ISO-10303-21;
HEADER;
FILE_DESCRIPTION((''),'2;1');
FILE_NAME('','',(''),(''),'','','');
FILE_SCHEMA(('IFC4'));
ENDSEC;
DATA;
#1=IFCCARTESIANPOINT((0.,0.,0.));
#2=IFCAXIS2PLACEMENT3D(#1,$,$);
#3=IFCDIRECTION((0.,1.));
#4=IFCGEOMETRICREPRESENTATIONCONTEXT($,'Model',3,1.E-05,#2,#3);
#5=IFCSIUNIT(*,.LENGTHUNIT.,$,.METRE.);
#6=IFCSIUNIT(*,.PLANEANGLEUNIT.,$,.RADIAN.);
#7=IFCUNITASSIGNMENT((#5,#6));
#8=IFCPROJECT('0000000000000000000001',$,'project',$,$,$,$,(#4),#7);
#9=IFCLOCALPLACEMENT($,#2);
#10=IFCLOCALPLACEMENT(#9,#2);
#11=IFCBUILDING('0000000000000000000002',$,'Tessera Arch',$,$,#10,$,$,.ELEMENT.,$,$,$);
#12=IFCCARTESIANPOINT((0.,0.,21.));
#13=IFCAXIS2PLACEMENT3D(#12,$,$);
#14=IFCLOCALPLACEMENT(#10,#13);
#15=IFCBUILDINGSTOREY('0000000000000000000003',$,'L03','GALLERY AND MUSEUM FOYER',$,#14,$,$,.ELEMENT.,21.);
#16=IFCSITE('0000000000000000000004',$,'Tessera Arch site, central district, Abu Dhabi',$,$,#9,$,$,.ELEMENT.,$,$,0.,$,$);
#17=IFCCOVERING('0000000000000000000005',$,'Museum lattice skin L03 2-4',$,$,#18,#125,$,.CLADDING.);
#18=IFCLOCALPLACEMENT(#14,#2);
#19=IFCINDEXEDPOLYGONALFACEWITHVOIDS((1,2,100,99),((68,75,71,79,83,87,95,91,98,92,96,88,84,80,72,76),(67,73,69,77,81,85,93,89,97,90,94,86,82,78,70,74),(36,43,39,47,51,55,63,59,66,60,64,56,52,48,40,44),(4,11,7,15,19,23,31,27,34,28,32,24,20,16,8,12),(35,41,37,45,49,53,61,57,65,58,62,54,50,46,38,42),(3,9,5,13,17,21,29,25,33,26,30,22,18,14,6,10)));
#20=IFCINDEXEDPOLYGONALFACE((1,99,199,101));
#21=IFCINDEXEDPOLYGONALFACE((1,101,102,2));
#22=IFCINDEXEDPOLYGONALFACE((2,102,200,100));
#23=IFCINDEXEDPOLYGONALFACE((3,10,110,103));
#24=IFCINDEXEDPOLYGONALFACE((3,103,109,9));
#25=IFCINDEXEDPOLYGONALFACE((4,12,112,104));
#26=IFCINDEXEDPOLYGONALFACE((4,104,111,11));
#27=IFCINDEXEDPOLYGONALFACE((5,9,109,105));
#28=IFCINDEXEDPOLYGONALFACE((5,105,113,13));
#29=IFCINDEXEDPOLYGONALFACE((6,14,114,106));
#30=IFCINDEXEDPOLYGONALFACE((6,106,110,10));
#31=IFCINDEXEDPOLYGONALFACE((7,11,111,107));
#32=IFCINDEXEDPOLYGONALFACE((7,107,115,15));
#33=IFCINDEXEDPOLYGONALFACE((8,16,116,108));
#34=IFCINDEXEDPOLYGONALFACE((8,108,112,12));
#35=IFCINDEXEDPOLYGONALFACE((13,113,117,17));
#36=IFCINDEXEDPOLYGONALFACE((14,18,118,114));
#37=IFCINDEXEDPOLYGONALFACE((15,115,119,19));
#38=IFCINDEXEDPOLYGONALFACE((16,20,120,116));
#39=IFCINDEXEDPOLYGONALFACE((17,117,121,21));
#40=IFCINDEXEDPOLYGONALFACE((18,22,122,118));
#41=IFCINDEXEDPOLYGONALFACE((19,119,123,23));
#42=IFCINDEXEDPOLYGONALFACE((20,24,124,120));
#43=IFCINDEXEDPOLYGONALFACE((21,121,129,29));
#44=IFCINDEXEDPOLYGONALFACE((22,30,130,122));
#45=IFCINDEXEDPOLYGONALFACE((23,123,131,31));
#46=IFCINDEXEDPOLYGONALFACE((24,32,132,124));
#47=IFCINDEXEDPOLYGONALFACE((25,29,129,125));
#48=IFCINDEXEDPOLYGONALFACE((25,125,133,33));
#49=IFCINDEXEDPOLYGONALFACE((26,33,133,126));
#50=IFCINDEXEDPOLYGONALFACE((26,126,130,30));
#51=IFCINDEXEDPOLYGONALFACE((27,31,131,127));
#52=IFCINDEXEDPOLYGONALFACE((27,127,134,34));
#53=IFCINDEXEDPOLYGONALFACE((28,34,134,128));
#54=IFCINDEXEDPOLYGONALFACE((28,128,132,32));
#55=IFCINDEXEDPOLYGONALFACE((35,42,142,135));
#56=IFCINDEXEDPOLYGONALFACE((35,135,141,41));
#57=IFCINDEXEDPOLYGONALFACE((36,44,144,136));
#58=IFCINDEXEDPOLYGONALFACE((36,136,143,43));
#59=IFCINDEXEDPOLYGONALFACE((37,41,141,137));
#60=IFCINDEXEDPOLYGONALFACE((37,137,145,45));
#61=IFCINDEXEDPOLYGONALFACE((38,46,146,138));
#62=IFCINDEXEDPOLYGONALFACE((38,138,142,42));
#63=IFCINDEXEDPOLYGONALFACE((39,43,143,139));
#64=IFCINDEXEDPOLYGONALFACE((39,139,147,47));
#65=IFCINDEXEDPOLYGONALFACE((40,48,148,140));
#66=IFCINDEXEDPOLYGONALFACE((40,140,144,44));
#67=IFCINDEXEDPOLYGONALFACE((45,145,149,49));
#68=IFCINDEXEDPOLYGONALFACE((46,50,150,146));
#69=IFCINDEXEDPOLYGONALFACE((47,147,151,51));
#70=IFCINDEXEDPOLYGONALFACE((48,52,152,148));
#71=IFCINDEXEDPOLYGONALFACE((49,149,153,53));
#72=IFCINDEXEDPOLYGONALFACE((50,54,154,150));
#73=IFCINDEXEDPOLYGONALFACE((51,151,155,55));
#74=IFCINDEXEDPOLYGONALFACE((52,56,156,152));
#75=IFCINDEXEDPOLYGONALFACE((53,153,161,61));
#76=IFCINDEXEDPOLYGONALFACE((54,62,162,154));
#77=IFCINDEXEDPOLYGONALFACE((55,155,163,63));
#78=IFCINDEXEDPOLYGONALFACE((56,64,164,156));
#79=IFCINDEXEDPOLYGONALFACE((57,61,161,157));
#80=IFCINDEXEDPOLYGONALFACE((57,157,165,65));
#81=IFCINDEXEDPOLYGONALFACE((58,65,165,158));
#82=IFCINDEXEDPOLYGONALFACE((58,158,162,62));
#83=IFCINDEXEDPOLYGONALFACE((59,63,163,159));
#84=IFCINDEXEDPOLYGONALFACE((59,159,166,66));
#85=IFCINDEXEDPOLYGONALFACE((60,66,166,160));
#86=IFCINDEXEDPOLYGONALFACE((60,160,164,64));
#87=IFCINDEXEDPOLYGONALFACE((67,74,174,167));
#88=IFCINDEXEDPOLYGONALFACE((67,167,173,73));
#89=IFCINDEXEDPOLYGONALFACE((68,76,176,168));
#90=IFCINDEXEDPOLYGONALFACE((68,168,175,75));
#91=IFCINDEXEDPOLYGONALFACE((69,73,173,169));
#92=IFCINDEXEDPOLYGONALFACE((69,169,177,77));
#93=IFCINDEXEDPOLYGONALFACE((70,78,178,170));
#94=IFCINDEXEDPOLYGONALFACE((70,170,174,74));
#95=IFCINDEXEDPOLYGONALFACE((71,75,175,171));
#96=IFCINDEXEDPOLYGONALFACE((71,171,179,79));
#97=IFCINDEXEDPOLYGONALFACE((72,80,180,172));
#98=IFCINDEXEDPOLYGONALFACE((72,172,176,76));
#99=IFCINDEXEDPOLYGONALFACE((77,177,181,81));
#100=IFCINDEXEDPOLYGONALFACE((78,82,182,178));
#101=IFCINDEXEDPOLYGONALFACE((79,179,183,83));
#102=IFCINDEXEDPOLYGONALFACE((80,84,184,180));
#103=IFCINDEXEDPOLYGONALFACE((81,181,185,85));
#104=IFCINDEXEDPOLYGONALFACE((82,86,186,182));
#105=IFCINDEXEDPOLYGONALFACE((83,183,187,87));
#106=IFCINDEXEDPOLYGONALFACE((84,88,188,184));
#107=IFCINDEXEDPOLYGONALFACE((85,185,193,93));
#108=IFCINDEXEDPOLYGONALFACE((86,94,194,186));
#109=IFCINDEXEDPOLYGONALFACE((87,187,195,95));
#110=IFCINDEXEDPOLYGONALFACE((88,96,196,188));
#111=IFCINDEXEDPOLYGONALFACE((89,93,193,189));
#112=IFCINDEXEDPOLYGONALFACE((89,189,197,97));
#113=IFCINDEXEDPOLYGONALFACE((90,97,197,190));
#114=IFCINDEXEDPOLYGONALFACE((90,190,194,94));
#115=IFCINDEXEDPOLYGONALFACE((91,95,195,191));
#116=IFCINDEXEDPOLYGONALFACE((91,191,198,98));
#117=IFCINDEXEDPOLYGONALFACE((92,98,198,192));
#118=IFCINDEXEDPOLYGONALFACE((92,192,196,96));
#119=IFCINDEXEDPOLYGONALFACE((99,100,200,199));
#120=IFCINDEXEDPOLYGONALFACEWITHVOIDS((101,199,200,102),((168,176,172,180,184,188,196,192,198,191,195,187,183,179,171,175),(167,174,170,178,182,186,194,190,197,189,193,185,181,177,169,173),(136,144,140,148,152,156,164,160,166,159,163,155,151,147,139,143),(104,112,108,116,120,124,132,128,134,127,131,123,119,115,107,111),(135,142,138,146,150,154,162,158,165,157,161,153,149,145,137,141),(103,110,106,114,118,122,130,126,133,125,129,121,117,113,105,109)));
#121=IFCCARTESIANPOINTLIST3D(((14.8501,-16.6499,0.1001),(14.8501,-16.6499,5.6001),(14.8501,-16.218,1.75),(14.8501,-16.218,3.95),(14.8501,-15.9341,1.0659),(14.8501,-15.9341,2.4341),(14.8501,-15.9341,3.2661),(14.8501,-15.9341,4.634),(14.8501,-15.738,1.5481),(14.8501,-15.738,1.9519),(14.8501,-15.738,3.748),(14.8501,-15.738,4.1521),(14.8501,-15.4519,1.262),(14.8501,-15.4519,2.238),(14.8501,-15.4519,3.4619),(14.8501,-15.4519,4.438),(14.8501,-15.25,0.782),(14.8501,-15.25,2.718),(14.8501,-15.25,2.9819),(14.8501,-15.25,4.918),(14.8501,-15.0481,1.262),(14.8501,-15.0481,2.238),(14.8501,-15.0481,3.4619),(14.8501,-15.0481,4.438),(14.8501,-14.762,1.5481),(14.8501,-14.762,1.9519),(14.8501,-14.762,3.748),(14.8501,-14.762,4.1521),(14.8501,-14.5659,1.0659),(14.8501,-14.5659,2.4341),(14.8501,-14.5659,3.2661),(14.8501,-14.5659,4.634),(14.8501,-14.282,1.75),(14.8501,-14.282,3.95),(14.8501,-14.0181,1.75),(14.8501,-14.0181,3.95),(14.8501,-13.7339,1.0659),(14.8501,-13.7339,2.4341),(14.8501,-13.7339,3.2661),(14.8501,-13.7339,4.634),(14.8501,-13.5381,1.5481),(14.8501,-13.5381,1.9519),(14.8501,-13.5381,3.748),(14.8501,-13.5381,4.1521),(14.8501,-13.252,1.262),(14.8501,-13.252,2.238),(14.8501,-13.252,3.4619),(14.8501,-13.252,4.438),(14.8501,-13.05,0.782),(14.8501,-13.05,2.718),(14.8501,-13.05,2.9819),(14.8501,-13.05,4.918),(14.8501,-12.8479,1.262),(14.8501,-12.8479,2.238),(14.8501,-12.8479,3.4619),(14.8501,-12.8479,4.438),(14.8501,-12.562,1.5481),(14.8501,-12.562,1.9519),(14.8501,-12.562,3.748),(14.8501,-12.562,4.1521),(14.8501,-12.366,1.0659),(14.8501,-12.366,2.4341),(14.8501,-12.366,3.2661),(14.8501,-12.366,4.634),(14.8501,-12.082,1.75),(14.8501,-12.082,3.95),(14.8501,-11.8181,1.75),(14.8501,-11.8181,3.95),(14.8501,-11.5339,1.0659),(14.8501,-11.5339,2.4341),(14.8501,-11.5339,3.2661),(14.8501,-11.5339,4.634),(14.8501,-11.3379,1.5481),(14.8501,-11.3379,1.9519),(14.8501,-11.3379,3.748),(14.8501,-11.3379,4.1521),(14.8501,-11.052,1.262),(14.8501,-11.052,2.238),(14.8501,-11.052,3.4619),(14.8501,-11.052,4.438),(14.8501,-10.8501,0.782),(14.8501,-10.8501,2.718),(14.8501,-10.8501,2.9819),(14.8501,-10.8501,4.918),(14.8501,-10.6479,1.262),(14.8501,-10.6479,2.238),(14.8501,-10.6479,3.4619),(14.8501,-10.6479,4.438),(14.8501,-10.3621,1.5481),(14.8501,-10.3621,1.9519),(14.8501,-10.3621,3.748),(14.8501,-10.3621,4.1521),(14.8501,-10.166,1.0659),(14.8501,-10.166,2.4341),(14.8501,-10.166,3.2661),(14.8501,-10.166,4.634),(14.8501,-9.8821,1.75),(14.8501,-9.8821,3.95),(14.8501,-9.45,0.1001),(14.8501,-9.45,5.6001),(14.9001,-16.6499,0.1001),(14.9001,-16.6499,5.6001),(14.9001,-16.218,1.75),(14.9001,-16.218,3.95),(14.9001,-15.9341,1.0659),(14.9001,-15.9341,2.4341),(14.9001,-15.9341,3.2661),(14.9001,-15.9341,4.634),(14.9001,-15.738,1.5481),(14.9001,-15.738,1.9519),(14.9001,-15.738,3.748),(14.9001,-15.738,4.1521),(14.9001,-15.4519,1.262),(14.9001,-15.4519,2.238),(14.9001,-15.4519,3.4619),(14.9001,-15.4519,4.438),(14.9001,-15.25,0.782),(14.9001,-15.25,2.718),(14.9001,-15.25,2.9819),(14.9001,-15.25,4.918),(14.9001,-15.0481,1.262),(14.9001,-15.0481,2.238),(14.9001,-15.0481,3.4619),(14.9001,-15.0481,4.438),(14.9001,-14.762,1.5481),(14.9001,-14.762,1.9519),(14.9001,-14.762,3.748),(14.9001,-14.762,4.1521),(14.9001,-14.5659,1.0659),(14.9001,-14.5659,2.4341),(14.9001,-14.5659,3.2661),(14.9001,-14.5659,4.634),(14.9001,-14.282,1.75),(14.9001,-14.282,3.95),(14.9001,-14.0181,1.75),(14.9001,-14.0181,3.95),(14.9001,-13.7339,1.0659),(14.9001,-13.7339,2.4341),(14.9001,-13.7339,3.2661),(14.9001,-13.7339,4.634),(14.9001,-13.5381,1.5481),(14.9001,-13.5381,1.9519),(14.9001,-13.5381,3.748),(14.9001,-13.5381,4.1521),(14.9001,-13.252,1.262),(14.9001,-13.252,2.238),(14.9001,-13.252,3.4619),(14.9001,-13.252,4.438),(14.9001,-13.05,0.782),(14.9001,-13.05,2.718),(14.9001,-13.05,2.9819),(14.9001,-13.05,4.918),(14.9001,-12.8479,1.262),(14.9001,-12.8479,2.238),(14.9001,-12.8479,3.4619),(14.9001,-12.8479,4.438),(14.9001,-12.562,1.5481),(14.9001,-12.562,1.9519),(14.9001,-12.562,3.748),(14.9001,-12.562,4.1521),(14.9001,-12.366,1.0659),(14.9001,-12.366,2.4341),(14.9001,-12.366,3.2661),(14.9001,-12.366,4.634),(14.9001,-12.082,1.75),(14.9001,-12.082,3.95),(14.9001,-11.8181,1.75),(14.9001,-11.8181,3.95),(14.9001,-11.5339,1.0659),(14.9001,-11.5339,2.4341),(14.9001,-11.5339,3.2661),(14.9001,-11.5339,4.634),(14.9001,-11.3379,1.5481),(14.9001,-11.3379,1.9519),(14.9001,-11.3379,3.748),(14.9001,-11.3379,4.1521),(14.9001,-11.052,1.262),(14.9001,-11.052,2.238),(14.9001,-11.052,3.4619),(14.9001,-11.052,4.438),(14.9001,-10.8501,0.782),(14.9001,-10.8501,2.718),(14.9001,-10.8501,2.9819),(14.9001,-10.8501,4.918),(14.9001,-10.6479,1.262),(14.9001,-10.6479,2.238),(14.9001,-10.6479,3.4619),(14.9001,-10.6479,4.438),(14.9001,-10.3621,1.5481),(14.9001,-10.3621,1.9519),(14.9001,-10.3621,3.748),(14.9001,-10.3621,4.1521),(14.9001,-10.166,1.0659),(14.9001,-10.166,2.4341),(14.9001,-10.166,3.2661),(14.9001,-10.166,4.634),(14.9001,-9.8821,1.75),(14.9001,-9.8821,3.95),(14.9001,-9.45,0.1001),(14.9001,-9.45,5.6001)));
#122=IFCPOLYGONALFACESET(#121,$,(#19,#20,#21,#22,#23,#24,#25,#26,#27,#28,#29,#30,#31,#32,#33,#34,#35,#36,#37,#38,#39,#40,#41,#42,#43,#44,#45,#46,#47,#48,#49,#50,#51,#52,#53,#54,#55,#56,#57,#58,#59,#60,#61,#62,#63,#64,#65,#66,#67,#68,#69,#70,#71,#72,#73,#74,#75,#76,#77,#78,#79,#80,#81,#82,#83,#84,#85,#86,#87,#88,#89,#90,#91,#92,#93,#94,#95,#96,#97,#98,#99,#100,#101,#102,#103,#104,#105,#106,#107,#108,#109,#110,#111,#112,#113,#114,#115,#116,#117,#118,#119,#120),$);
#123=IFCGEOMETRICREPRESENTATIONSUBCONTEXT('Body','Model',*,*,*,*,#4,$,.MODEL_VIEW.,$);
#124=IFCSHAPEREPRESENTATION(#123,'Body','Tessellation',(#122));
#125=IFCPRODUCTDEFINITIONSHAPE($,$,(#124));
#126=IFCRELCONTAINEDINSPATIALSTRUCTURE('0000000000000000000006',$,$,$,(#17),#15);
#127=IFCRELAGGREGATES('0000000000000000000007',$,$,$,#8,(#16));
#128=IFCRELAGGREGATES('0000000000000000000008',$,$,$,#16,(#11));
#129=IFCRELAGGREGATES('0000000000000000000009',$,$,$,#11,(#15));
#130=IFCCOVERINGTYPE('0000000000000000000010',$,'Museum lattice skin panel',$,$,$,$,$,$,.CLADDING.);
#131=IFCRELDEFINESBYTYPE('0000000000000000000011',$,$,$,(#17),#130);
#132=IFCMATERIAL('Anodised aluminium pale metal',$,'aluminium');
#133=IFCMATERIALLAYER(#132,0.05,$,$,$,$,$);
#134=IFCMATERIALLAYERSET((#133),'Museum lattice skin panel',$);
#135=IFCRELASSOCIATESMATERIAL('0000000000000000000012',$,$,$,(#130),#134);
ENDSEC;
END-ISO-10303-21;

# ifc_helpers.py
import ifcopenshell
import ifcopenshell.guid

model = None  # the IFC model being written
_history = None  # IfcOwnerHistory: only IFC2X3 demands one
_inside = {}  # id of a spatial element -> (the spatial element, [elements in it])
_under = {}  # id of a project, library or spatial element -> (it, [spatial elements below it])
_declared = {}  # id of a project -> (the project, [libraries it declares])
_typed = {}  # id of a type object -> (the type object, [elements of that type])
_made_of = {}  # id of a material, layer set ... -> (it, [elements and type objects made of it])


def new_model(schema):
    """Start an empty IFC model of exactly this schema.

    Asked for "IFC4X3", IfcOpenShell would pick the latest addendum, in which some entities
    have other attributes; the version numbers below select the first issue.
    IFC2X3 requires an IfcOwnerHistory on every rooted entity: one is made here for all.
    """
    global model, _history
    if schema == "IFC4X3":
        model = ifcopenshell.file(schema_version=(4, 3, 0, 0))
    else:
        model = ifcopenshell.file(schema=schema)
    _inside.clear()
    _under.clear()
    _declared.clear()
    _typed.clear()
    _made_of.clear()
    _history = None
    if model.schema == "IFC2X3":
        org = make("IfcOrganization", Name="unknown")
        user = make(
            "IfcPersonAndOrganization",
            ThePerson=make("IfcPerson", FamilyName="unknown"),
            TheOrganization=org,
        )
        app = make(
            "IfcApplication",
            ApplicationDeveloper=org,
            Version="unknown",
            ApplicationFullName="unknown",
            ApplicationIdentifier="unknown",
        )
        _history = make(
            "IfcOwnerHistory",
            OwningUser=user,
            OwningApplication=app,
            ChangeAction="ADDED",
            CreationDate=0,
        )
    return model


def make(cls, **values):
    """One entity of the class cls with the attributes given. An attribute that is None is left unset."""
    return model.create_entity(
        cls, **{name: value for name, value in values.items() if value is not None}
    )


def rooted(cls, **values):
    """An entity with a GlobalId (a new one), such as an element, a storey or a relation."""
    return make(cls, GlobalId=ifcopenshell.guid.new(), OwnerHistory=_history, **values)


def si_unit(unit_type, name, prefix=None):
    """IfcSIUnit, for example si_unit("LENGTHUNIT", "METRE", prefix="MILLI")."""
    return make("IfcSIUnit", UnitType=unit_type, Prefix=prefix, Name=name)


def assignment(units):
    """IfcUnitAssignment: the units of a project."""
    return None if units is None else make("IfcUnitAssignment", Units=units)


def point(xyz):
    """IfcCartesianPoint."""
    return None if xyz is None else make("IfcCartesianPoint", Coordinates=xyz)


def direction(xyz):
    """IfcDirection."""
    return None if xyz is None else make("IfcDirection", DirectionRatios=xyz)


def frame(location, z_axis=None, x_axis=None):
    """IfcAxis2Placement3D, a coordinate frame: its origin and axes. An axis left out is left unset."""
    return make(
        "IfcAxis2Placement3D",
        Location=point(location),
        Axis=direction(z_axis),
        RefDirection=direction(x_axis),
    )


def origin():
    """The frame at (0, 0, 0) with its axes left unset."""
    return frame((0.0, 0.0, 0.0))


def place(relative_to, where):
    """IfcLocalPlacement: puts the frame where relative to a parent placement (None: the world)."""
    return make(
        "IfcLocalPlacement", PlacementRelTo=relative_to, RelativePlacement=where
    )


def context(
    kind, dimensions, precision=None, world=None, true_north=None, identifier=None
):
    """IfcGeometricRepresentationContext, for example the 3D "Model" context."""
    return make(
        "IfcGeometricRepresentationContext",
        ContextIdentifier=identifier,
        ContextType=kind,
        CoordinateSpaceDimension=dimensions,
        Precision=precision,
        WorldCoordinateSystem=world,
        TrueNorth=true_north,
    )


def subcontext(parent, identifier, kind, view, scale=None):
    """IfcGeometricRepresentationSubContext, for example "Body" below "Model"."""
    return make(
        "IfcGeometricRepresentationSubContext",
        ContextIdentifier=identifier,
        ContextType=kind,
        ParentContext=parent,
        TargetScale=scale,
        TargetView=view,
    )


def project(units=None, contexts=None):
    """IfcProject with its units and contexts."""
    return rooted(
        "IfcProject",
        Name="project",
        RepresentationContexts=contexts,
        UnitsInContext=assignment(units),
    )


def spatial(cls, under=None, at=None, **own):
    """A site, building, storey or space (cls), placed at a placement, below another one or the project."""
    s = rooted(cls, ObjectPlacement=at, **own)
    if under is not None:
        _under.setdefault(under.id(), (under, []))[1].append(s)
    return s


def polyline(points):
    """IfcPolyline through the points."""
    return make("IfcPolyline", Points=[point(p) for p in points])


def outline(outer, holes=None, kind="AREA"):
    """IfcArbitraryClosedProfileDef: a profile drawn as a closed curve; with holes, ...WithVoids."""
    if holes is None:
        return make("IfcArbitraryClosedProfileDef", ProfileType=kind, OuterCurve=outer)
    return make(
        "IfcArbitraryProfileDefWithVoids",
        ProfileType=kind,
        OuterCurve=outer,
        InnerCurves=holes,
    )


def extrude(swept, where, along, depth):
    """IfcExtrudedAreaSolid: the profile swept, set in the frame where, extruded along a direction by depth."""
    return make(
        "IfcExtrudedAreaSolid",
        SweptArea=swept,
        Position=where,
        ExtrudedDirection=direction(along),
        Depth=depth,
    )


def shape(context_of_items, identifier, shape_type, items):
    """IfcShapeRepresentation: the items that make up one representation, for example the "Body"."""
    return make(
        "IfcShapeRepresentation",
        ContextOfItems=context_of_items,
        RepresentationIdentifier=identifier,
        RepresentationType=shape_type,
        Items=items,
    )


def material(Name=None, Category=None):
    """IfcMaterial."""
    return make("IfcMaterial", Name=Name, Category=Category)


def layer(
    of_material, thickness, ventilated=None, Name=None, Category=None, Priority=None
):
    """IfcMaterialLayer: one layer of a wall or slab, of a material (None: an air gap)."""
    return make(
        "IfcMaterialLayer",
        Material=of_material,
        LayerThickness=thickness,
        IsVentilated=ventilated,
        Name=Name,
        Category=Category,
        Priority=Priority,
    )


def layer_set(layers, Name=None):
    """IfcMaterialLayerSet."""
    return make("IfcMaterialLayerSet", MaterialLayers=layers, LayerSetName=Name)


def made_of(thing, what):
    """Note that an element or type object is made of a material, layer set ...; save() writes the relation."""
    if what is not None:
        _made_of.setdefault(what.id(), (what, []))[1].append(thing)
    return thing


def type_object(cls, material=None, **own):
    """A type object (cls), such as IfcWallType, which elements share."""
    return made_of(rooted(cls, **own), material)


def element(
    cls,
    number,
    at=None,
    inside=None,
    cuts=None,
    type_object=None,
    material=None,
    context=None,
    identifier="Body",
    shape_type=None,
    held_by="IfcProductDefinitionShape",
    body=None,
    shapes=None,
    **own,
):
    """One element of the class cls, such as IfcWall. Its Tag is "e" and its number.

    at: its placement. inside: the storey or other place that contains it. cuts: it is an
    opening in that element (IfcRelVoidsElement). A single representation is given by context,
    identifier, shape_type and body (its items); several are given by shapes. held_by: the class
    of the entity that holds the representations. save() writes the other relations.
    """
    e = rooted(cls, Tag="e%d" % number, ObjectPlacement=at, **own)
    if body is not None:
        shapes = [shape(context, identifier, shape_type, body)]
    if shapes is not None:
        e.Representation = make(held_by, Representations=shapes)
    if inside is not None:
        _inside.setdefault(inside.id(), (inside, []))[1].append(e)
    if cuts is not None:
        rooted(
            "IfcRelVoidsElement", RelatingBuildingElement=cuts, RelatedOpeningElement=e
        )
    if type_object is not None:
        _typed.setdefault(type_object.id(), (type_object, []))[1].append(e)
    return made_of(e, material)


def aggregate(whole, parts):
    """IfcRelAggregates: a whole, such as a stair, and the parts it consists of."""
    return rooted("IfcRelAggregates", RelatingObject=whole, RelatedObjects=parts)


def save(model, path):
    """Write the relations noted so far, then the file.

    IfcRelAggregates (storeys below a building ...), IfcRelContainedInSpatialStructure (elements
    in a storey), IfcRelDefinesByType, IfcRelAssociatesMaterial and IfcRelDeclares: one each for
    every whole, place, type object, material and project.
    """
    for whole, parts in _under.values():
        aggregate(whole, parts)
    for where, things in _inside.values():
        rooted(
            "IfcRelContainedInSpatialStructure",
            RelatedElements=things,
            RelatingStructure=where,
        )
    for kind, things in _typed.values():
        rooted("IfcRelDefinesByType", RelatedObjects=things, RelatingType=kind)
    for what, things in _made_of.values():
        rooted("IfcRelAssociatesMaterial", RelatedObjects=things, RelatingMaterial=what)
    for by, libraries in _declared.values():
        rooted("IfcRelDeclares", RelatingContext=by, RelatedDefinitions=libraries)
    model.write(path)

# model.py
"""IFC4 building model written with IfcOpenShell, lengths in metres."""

from ifc_helpers import new_model, si_unit, direction, frame, origin, place, context, subcontext, project, spatial, polyline, outline, extrude, material, layer, layer_set, type_object, element, save


model = new_model("IFC4")

# Units and contexts
model_context = context("Model", 3, precision=1e-05, world=origin(), true_north=direction((0.0, 1.0)))
body_context = subcontext(model_context, "Body", "Model", "MODEL_VIEW")
ifc_project = project(units=[si_unit("LENGTHUNIT", "METRE"), si_unit("PLANEANGLEUNIT", "RADIAN")], contexts=[model_context])

# Site, building, storey
site_placement = place(None, origin())
site = spatial("IfcSite", under=ifc_project, at=site_placement, Name="Tessera Arch site, central district, Abu Dhabi", CompositionType="ELEMENT", RefElevation=0.0)
building_placement = place(site_placement, origin())
building = spatial("IfcBuilding", under=site, at=building_placement, Name="Tessera Arch", CompositionType="ELEMENT")
storey_placement = place(building_placement, frame((0.0, 0.0, 21.0)))
storey = spatial("IfcBuildingStorey", under=building, at=storey_placement, Name="L03", Description="GALLERY AND MUSEUM FOYER", CompositionType="ELEMENT", Elevation=21.0)

# Covering
ifc_material_1 = material(Name="Anodised aluminium pale metal", Category="aluminium")
ifc_layer_1 = layer(ifc_material_1, 0.05)
ifc_layer_set_1 = layer_set([ifc_layer_1], Name="Museum lattice skin panel")
covering_type_1 = type_object("IfcCoveringType", Name="Museum lattice skin panel", PredefinedType="CLADDING", material=ifc_layer_set_1)
covering_1_placement = place(storey_placement, frame((14.8501, -16.6499, 5.6001), z_axis=(-1.0, 0.0, 0.0), x_axis=(0.0, 1.0, 0.0)))
element("IfcCovering", 1, at=covering_1_placement, inside=storey, type_object=covering_type_1, Name="Museum lattice skin L03 2-4", PredefinedType="CLADDING", context=body_context, shape_type="SweptSolid", body=[
    extrude(outline(polyline([(0.0, 0.0), (7.2, 0.0), (7.2, 5.5), (0.0, 5.5), (0.0, 0.0)]), holes=[polyline([(2.3679, 3.8501), (1.8879, 3.6482), (2.084, 3.166), (1.6018, 3.3621), (1.3999, 2.8821), (1.198, 3.3621), (0.7158, 3.166), (0.9119, 3.6482), (0.4319, 3.8501), (0.9119, 4.052), (0.7158, 4.5342), (1.198, 4.3381), (1.3999, 4.8181), (1.6018, 4.3381), (2.084, 4.5342), (1.8879, 4.052), (2.3679, 3.8501)]), polyline([(2.3679, 1.6501), (1.8879, 1.448), (2.084, 0.9661), (1.6018, 1.1621), (1.3999, 0.6821), (1.198, 1.1621), (0.7158, 0.9661), (0.9119, 1.448), (0.4319, 1.6501), (0.9119, 1.8521), (0.7158, 2.334), (1.198, 2.1382), (1.3999, 2.6182), (1.6018, 2.1382), (2.084, 2.334), (1.8879, 1.8521), (2.3679, 1.6501)]), polyline([(4.5679, 3.8501), (4.0879, 3.6482), (4.2839, 3.166), (3.802, 3.3621), (3.5999, 2.8821), (3.3979, 3.3621), (2.916, 3.166), (3.1118, 3.6482), (2.6318, 3.8501), (3.1118, 4.052), (2.916, 4.5342), (3.3979, 4.3381), (3.5999, 4.8181), (3.802, 4.3381), (4.2839, 4.5342), (4.0879, 4.052), (4.5679, 3.8501)]), polyline([(4.5679, 1.6501), (4.0879, 1.448), (4.2839, 0.9661), (3.802, 1.1621), (3.5999, 0.6821), (3.3979, 1.1621), (2.916, 0.9661), (3.1118, 1.448), (2.6318, 1.6501), (3.1118, 1.8521), (2.916, 2.334), (3.3979, 2.1382), (3.5999, 2.6182), (3.802, 2.1382), (4.2839, 2.334), (4.0879, 1.8521), (4.5679, 1.6501)]), polyline([(6.7678, 3.8501), (6.2878, 3.6482), (6.4839, 3.166), (6.002, 3.3621), (5.7998, 2.8821), (5.5979, 3.3621), (5.116, 3.166), (5.312, 3.6482), (4.8318, 3.8501), (5.312, 4.052), (5.116, 4.5342), (5.5979, 4.3381), (5.7998, 4.8181), (6.002, 4.3381), (6.4839, 4.5342), (6.2878, 4.052), (6.7678, 3.8501)]), polyline([(6.7678, 1.6501), (6.2878, 1.448), (6.4839, 0.9661), (6.002, 1.1621), (5.7998, 0.6821), (5.5979, 1.1621), (5.116, 0.9661), (5.312, 1.448), (4.8318, 1.6501), (5.312, 1.8521), (5.116, 2.334), (5.5979, 2.1382), (5.7998, 2.6182), (6.002, 2.1382), (6.4839, 2.334), (6.2878, 1.8521), (6.7678, 1.6501)])]), origin(), (0.0, 0.0, -1.0), 0.05),
])

save(model, "model.ifc")
